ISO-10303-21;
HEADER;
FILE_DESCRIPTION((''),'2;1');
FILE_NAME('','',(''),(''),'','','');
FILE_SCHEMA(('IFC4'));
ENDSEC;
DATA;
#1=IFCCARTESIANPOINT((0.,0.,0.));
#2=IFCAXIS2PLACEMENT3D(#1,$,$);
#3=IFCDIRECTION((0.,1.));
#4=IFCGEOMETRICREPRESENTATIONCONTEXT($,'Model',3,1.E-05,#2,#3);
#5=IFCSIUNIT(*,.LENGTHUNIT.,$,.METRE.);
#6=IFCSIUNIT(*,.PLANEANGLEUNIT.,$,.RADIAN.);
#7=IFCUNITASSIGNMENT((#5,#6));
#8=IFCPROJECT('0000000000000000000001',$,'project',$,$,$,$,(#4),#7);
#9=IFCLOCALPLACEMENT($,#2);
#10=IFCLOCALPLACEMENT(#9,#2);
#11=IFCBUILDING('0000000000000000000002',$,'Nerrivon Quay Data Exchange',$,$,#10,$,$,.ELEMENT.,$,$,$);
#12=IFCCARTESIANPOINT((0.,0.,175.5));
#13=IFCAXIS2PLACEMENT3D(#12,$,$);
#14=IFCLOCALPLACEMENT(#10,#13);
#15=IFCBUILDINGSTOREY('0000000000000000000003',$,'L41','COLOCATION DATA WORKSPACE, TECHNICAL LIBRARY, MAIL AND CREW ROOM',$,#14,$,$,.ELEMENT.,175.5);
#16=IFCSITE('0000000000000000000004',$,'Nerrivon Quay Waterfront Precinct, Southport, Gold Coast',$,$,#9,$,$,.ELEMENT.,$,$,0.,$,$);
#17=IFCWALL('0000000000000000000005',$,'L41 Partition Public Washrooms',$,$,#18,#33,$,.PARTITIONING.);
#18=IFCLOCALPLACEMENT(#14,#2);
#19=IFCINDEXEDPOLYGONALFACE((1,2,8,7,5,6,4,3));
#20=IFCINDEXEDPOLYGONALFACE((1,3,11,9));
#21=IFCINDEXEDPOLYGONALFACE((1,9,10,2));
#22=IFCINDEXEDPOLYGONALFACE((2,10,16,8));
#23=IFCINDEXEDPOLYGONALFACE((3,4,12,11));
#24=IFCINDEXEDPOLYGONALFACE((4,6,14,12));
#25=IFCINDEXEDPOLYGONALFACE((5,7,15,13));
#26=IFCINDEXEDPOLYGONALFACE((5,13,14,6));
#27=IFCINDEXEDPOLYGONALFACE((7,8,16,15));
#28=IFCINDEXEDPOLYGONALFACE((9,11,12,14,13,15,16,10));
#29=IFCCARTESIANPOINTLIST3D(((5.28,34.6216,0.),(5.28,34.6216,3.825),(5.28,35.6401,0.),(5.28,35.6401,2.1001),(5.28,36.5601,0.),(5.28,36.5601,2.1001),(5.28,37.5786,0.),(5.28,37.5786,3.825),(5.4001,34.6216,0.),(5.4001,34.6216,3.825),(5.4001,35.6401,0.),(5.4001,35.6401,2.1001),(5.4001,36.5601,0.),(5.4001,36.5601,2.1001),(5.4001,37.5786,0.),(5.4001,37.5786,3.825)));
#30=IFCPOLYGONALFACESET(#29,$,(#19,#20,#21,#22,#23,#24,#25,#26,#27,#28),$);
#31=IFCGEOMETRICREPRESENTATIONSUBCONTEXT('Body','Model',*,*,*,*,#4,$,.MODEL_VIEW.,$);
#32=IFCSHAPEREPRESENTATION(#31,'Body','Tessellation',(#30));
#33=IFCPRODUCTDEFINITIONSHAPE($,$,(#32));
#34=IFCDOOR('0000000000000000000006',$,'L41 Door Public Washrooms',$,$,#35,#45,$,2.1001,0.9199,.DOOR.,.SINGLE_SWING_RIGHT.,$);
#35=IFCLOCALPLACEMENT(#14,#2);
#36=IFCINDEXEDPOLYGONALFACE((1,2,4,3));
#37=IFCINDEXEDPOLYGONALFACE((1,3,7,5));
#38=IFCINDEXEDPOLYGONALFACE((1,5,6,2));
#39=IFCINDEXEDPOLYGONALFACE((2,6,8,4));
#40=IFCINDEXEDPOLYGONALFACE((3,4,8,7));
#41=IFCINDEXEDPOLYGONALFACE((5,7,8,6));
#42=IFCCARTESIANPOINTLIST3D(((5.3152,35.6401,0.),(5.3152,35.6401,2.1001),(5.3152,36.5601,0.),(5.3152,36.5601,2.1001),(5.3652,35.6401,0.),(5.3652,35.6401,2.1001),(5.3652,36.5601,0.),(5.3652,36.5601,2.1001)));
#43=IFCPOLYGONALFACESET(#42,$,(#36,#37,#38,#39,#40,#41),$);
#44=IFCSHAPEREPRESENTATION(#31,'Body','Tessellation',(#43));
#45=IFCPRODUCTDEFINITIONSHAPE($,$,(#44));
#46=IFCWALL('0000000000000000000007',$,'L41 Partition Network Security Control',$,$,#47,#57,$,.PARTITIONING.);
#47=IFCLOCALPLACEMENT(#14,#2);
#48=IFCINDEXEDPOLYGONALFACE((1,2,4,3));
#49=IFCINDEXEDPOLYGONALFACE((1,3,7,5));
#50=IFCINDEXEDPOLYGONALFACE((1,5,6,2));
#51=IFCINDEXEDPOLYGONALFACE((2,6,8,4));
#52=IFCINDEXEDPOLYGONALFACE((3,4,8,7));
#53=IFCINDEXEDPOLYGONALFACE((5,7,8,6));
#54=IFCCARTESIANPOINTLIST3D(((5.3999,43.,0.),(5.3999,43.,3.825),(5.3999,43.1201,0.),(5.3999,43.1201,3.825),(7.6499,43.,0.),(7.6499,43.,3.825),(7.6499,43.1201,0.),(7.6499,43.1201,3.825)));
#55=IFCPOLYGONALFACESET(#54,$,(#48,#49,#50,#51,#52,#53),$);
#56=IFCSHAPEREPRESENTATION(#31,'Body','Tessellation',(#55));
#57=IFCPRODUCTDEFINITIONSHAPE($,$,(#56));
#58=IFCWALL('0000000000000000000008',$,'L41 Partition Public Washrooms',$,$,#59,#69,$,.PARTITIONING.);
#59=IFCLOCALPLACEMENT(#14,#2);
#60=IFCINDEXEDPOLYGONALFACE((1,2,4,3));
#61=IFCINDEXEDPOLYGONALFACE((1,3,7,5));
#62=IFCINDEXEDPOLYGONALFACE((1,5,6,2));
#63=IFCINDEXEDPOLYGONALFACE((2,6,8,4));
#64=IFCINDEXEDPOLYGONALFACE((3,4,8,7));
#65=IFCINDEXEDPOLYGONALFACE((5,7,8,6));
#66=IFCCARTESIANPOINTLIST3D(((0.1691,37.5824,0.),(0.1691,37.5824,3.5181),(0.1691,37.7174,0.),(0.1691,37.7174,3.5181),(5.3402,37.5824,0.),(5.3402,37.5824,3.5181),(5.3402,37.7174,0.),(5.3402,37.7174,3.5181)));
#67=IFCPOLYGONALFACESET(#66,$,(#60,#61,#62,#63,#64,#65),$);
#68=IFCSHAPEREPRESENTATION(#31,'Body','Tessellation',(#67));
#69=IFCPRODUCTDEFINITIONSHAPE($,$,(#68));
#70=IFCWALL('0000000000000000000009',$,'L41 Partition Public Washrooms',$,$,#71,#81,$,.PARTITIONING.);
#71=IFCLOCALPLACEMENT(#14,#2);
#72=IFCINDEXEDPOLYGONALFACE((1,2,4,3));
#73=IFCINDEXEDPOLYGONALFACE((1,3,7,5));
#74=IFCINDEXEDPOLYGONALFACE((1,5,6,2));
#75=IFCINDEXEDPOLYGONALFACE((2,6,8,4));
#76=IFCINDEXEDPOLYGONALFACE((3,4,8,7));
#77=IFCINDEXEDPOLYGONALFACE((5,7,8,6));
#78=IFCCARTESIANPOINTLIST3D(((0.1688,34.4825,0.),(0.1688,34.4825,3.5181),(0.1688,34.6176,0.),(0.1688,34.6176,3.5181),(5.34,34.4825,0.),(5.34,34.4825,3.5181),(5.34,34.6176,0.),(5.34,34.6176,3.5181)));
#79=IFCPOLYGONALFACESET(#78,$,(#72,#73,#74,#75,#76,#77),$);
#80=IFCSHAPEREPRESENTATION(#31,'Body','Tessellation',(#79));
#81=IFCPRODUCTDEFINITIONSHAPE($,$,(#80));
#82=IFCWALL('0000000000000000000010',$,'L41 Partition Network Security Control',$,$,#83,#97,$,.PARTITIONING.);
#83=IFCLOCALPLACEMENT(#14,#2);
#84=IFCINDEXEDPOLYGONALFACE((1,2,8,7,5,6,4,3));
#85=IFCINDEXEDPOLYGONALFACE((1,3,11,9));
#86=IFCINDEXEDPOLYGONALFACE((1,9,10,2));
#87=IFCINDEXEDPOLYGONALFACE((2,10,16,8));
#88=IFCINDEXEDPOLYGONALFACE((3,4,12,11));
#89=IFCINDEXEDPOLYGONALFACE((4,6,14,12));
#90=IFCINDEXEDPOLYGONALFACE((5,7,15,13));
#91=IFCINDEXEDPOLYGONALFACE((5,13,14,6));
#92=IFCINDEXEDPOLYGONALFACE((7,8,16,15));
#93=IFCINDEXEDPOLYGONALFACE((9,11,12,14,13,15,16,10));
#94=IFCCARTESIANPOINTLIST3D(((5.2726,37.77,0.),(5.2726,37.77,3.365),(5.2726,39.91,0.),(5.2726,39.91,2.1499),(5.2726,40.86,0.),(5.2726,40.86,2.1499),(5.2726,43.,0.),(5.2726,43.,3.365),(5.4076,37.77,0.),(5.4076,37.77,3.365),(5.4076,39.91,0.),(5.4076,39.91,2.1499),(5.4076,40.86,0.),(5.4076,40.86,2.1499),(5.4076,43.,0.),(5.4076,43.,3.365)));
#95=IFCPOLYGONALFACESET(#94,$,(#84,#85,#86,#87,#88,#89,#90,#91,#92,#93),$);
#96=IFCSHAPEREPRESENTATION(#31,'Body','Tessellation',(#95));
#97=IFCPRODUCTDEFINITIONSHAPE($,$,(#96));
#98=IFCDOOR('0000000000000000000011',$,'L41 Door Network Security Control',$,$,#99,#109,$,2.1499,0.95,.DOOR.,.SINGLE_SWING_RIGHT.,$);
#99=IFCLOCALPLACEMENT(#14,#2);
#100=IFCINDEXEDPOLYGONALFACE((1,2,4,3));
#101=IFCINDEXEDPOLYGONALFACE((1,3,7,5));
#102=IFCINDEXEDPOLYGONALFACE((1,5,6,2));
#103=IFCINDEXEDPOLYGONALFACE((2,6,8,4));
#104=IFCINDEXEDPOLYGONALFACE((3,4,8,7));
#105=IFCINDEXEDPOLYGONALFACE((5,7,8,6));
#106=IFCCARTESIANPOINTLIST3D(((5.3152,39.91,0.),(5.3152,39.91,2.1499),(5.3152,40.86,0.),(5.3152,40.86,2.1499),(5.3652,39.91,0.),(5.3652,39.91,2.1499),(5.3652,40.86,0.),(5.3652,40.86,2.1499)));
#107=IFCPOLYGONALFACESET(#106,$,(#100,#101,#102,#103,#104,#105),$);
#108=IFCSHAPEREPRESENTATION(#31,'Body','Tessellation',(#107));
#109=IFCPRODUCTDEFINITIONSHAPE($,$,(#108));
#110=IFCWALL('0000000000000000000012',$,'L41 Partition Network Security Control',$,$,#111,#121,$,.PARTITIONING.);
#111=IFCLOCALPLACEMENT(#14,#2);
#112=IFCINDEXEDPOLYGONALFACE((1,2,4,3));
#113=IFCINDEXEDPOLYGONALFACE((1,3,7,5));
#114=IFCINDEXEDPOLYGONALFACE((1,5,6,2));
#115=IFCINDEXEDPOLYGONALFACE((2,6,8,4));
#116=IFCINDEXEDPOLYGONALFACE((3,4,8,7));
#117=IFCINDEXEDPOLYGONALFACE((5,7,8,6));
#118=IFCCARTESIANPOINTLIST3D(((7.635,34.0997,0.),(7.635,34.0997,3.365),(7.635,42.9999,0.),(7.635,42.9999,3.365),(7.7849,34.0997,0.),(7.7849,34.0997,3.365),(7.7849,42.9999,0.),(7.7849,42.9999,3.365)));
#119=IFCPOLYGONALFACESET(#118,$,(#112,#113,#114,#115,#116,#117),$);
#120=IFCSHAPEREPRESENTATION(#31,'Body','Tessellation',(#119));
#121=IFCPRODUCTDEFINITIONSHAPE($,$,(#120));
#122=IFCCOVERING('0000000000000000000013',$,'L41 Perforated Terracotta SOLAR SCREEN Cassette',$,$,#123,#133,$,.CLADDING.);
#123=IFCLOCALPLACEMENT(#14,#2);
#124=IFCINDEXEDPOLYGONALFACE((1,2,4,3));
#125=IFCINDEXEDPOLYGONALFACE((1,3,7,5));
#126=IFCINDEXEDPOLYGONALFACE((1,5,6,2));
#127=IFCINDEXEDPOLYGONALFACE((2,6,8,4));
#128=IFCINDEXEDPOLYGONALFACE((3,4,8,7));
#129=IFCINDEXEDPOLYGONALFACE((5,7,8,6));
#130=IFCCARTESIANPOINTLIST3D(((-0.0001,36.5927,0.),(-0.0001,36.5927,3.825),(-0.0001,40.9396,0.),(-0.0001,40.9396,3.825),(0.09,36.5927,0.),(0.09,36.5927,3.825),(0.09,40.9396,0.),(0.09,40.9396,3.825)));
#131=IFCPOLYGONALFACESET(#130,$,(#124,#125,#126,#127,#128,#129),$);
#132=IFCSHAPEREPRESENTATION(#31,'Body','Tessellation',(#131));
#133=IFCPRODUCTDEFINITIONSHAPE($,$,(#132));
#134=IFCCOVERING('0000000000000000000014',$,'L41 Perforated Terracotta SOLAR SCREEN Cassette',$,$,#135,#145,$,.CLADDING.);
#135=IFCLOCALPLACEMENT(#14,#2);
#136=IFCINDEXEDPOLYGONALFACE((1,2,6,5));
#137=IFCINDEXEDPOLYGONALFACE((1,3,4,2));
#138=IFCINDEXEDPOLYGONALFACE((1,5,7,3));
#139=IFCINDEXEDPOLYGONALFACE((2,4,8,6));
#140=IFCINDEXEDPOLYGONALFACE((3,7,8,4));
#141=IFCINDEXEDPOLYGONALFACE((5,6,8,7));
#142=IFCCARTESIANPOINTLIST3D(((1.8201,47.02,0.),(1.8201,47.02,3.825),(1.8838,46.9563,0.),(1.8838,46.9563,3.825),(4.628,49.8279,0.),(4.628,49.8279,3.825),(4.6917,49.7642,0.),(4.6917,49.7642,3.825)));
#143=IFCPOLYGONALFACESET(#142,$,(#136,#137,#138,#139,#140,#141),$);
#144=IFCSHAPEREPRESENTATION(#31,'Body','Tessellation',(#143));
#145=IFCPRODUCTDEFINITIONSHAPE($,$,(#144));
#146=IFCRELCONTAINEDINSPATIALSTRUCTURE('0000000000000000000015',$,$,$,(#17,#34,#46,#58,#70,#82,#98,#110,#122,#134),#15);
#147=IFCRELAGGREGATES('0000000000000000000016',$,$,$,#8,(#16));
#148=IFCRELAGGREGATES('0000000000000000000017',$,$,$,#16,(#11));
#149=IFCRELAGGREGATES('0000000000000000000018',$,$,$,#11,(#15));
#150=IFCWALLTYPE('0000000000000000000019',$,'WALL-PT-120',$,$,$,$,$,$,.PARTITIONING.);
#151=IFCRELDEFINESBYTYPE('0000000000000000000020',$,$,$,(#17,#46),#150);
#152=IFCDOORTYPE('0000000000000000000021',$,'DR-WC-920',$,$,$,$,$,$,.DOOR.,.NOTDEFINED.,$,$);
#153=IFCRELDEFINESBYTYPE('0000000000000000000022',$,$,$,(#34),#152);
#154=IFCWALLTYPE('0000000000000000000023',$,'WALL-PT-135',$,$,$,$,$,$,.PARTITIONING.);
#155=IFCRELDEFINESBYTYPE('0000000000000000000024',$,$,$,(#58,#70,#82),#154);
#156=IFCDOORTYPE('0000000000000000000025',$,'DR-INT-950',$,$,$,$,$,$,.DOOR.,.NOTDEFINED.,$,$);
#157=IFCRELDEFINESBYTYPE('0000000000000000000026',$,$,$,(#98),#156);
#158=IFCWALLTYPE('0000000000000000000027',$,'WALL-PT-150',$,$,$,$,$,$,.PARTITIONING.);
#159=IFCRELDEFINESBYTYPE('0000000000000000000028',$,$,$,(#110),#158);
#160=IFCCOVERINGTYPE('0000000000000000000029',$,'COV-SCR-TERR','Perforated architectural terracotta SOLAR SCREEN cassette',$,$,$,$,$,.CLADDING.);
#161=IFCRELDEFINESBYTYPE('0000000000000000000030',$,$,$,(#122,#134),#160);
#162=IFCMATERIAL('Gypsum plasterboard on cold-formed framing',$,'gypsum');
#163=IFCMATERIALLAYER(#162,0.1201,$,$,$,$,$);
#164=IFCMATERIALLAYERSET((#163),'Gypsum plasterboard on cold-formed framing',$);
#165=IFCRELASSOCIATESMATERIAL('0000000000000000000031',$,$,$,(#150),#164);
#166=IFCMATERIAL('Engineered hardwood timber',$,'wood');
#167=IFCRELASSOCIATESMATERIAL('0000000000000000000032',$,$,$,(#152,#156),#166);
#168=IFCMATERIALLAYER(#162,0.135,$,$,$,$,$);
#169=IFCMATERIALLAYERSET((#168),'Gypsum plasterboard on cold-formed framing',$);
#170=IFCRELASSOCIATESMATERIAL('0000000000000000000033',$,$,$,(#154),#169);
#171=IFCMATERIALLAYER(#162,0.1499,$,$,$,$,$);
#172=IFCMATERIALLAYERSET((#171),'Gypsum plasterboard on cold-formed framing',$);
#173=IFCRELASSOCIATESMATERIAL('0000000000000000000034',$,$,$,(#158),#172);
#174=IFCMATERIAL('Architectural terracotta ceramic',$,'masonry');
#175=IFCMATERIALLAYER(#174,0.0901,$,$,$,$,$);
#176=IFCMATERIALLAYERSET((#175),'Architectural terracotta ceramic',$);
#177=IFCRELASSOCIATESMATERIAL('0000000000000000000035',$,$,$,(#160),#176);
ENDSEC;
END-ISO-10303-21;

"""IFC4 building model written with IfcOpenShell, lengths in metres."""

from ifc_helpers import new_model, si_unit, direction, frame, frame_2d, origin, origin_2d, place, context, subcontext, project, spatial, rectangle, extrude, material, layer, layer_set, type_object, element, fill, save


model = new_model("IFC4")

# Units and contexts
model_context = context("Model", 3, precision=1e-05, world=origin(), true_north=direction((0.0, 1.0)))
body_context = subcontext(model_context, "Body", "Model", "MODEL_VIEW")
ifc_project = project(units=[si_unit("LENGTHUNIT", "METRE"), si_unit("PLANEANGLEUNIT", "RADIAN")], contexts=[model_context])

# Site, building, storey
site_placement = place(None, origin())
site = spatial("IfcSite", under=ifc_project, at=site_placement, Name="Nerrivon Quay Waterfront Precinct, Southport, Gold Coast", CompositionType="ELEMENT", RefElevation=0.0)
building_placement = place(site_placement, origin())
building = spatial("IfcBuilding", under=site, at=building_placement, Name="Nerrivon Quay Data Exchange", CompositionType="ELEMENT")
storey_placement = place(building_placement, frame((0.0, 0.0, 175.5)))
storey = spatial("IfcBuildingStorey", under=building, at=storey_placement, Name="L41", Description="COLOCATION DATA WORKSPACE, TECHNICAL LIBRARY, MAIL AND CREW ROOM", CompositionType="ELEMENT", Elevation=175.5)

# Wall, opening, door
ifc_material_1 = material(Name="Gypsum plasterboard on cold-formed framing", Category="gypsum")
ifc_layer_1 = layer(ifc_material_1, 0.1201)
ifc_layer_set_1 = layer_set([ifc_layer_1], Name="Gypsum plasterboard on cold-formed framing")
wall_type_1 = type_object("IfcWallType", Name="WALL-PT-120", PredefinedType="PARTITIONING", material=ifc_layer_set_1)
wall_1_placement = place(storey_placement, frame((5.3401, 34.6216, 0.0), z_axis=(0.0, 0.0, 1.0), x_axis=(0.0, 1.0, 0.0)))
wall_1 = element("IfcWall", 1, at=wall_1_placement, inside=storey, type_object=wall_type_1, Name="L41 Partition Public Washrooms", PredefinedType="PARTITIONING", context=body_context, shape_type="SweptSolid", body=[
    extrude(rectangle(XDim=2.957, YDim=0.1201, at=frame_2d((1.4785, 0.0))), origin(), (0.0, 0.0, 1.0), 3.825),
])
opening_1_placement = place(wall_1_placement, frame((1.0186, 0.0, 0.0)))
opening_1 = element("IfcOpeningElement", 2, at=opening_1_placement, cuts=wall_1, PredefinedType="OPENING", context=body_context, shape_type="SweptSolid", body=[
    extrude(rectangle(XDim=0.9199, YDim=2.1001, at=frame_2d((0.46, 1.05))), frame((0.0, 0.0701, 0.0), z_axis=(0.0, -1.0, 0.0), x_axis=(1.0, 0.0, 0.0)), (0.0, 0.0, 1.0), 0.1401),
])
ifc_material_2 = material(Name="Engineered hardwood timber", Category="wood")
door_type_1 = type_object("IfcDoorType", Name="DR-WC-920", OperationType="NOTDEFINED", PredefinedType="DOOR", material=ifc_material_2)
door_1_placement = place(opening_1_placement, origin())
door_1 = element("IfcDoor", 3, at=door_1_placement, inside=storey, type_object=door_type_1, Name="L41 Door Public Washrooms", OperationType="SINGLE_SWING_RIGHT", OverallHeight=2.1001, OverallWidth=0.9199, PredefinedType="DOOR", context=body_context, shape_type="SweptSolid", body=[
    extrude(rectangle(XDim=0.9199, YDim=2.1001, at=frame_2d((0.46, 1.05))), frame((0.0, 0.0249, 0.0), z_axis=(0.0, -1.0, 0.0), x_axis=(1.0, 0.0, 0.0)), (0.0, 0.0, 1.0), 0.05),
])
fill(opening_1, door_1)

# Walls
wall_2_placement = place(storey_placement, frame((5.3999, 43.0601, 0.0), z_axis=(0.0, 0.0, 1.0), x_axis=(1.0, 0.0, 0.0)))
element("IfcWall", 4, at=wall_2_placement, inside=storey, type_object=wall_type_1, Name="L41 Partition Network Security Control", PredefinedType="PARTITIONING", context=body_context, shape_type="SweptSolid", body=[
    extrude(rectangle(XDim=2.25, YDim=0.1201, at=frame_2d((1.125, 0.0))), origin(), (0.0, 0.0, 1.0), 3.825),
])
ifc_layer_2 = layer(ifc_material_1, 0.135)
ifc_layer_set_2 = layer_set([ifc_layer_2], Name="Gypsum plasterboard on cold-formed framing")
wall_type_2 = type_object("IfcWallType", Name="WALL-PT-135", PredefinedType="PARTITIONING", material=ifc_layer_set_2)
for number, where, z_axis, x_axis, name in (
    (5, (5.3401, 37.6499, 0.0), (0.0, 0.0, 1.0), (-1.0, 0.0, 0.0), "L41 Partition Public Washrooms"),
    (6, (0.1689, 34.55, 0.0), (0.0, 0.0, 1.0), (1.0, 0.0, 0.0), "L41 Partition Public Washrooms"),
):
    element("IfcWall", number, at=place(storey_placement, frame(where, z_axis=z_axis, x_axis=x_axis)), inside=storey, type_object=wall_type_2, Name=name, PredefinedType="PARTITIONING", context=body_context, shape_type="SweptSolid", body=[
        extrude(rectangle(XDim=5.1711, YDim=0.135, at=frame_2d((2.5854, 0.0))), origin(), (0.0, 0.0, 1.0), 3.5181),
    ])

# Wall, opening, door
wall_3_placement = place(storey_placement, frame((5.3401, 37.77, 0.0), z_axis=(0.0, 0.0, 1.0), x_axis=(0.0, 1.0, 0.0)))
wall_3 = element("IfcWall", 7, at=wall_3_placement, inside=storey, type_object=wall_type_2, Name="L41 Partition Network Security Control", PredefinedType="PARTITIONING", context=body_context, shape_type="SweptSolid", body=[
    extrude(rectangle(XDim=5.23, YDim=0.135, at=frame_2d((2.615, 0.0))), origin(), (0.0, 0.0, 1.0), 3.365),
])
opening_2_placement = place(wall_3_placement, frame((2.1399, 0.0, 0.0)))
opening_2 = element("IfcOpeningElement", 8, at=opening_2_placement, cuts=wall_3, PredefinedType="OPENING", context=body_context, shape_type="SweptSolid", body=[
    extrude(rectangle(XDim=0.95, YDim=2.1499, at=frame_2d((0.4751, 1.075))), frame((0.0, 0.0774, 0.0), z_axis=(0.0, -1.0, 0.0), x_axis=(1.0, 0.0, 0.0)), (0.0, 0.0, 1.0), 0.155),
])
door_type_2 = type_object("IfcDoorType", Name="DR-INT-950", OperationType="NOTDEFINED", PredefinedType="DOOR", material=ifc_material_2)
door_2_placement = place(opening_2_placement, origin())
door_2 = element("IfcDoor", 9, at=door_2_placement, inside=storey, type_object=door_type_2, Name="L41 Door Network Security Control", OperationType="SINGLE_SWING_RIGHT", OverallHeight=2.1499, OverallWidth=0.95, PredefinedType="DOOR", context=body_context, shape_type="SweptSolid", body=[
    extrude(rectangle(XDim=0.95, YDim=2.1499, at=frame_2d((0.4751, 1.075))), frame((0.0, 0.0249, 0.0), z_axis=(0.0, -1.0, 0.0), x_axis=(1.0, 0.0, 0.0)), (0.0, 0.0, 1.0), 0.05),
])
fill(opening_2, door_2)

# Wall
ifc_layer_3 = layer(ifc_material_1, 0.1499)
ifc_layer_set_3 = layer_set([ifc_layer_3], Name="Gypsum plasterboard on cold-formed framing")
wall_type_3 = type_object("IfcWallType", Name="WALL-PT-150", PredefinedType="PARTITIONING", material=ifc_layer_set_3)
wall_4_placement = place(storey_placement, frame((7.71, 43.0, 0.0), z_axis=(0.0, 0.0, 1.0), x_axis=(0.0, -1.0, 0.0)))
element("IfcWall", 10, at=wall_4_placement, inside=storey, type_object=wall_type_3, Name="L41 Partition Network Security Control", PredefinedType="PARTITIONING", context=body_context, shape_type="SweptSolid", body=[
    extrude(rectangle(XDim=8.9001, YDim=0.1499, at=frame_2d((4.4502, 0.0))), origin(), (0.0, 0.0, 1.0), 3.365),
])

# Coverings
ifc_material_3 = material(Name="Architectural terracotta ceramic", Category="masonry")
ifc_layer_4 = layer(ifc_material_3, 0.0901)
ifc_layer_set_4 = layer_set([ifc_layer_4], Name="Architectural terracotta ceramic")
covering_type = type_object("IfcCoveringType", Name="COV-SCR-TERR", Description="Perforated architectural terracotta SOLAR SCREEN cassette", PredefinedType="CLADDING", material=ifc_layer_set_4)
covering_1_placement = place(storey_placement, frame((0.0449, 38.7661, 0.0), z_axis=(0.0, 0.0, 1.0), x_axis=(0.0, 1.0, 0.0)))
element("IfcCovering", 11, at=covering_1_placement, inside=storey, type_object=covering_type, Name="L41 Perforated Terracotta SOLAR SCREEN Cassette", PredefinedType="CLADDING", context=body_context, shape_type="SweptSolid", body=[
    extrude(rectangle(XDim=4.3469, YDim=0.0901, at=origin_2d()), origin(), (0.0, 0.0, 1.0), 3.825),
])
covering_2_placement = place(storey_placement, frame((3.2559, 48.3921, 0.0), z_axis=(0.0, 0.0, 1.0), x_axis=(0.707107, 0.707107, 0.0)))
element("IfcCovering", 12, at=covering_2_placement, inside=storey, type_object=covering_type, Name="L41 Perforated Terracotta SOLAR SCREEN Cassette", PredefinedType="CLADDING", context=body_context, shape_type="SweptSolid", body=[
    extrude(rectangle(XDim=3.9709, YDim=0.0901, at=origin_2d()), origin(), (0.0, 0.0, 1.0), 3.825),
])

save(model, "model.ifc")
